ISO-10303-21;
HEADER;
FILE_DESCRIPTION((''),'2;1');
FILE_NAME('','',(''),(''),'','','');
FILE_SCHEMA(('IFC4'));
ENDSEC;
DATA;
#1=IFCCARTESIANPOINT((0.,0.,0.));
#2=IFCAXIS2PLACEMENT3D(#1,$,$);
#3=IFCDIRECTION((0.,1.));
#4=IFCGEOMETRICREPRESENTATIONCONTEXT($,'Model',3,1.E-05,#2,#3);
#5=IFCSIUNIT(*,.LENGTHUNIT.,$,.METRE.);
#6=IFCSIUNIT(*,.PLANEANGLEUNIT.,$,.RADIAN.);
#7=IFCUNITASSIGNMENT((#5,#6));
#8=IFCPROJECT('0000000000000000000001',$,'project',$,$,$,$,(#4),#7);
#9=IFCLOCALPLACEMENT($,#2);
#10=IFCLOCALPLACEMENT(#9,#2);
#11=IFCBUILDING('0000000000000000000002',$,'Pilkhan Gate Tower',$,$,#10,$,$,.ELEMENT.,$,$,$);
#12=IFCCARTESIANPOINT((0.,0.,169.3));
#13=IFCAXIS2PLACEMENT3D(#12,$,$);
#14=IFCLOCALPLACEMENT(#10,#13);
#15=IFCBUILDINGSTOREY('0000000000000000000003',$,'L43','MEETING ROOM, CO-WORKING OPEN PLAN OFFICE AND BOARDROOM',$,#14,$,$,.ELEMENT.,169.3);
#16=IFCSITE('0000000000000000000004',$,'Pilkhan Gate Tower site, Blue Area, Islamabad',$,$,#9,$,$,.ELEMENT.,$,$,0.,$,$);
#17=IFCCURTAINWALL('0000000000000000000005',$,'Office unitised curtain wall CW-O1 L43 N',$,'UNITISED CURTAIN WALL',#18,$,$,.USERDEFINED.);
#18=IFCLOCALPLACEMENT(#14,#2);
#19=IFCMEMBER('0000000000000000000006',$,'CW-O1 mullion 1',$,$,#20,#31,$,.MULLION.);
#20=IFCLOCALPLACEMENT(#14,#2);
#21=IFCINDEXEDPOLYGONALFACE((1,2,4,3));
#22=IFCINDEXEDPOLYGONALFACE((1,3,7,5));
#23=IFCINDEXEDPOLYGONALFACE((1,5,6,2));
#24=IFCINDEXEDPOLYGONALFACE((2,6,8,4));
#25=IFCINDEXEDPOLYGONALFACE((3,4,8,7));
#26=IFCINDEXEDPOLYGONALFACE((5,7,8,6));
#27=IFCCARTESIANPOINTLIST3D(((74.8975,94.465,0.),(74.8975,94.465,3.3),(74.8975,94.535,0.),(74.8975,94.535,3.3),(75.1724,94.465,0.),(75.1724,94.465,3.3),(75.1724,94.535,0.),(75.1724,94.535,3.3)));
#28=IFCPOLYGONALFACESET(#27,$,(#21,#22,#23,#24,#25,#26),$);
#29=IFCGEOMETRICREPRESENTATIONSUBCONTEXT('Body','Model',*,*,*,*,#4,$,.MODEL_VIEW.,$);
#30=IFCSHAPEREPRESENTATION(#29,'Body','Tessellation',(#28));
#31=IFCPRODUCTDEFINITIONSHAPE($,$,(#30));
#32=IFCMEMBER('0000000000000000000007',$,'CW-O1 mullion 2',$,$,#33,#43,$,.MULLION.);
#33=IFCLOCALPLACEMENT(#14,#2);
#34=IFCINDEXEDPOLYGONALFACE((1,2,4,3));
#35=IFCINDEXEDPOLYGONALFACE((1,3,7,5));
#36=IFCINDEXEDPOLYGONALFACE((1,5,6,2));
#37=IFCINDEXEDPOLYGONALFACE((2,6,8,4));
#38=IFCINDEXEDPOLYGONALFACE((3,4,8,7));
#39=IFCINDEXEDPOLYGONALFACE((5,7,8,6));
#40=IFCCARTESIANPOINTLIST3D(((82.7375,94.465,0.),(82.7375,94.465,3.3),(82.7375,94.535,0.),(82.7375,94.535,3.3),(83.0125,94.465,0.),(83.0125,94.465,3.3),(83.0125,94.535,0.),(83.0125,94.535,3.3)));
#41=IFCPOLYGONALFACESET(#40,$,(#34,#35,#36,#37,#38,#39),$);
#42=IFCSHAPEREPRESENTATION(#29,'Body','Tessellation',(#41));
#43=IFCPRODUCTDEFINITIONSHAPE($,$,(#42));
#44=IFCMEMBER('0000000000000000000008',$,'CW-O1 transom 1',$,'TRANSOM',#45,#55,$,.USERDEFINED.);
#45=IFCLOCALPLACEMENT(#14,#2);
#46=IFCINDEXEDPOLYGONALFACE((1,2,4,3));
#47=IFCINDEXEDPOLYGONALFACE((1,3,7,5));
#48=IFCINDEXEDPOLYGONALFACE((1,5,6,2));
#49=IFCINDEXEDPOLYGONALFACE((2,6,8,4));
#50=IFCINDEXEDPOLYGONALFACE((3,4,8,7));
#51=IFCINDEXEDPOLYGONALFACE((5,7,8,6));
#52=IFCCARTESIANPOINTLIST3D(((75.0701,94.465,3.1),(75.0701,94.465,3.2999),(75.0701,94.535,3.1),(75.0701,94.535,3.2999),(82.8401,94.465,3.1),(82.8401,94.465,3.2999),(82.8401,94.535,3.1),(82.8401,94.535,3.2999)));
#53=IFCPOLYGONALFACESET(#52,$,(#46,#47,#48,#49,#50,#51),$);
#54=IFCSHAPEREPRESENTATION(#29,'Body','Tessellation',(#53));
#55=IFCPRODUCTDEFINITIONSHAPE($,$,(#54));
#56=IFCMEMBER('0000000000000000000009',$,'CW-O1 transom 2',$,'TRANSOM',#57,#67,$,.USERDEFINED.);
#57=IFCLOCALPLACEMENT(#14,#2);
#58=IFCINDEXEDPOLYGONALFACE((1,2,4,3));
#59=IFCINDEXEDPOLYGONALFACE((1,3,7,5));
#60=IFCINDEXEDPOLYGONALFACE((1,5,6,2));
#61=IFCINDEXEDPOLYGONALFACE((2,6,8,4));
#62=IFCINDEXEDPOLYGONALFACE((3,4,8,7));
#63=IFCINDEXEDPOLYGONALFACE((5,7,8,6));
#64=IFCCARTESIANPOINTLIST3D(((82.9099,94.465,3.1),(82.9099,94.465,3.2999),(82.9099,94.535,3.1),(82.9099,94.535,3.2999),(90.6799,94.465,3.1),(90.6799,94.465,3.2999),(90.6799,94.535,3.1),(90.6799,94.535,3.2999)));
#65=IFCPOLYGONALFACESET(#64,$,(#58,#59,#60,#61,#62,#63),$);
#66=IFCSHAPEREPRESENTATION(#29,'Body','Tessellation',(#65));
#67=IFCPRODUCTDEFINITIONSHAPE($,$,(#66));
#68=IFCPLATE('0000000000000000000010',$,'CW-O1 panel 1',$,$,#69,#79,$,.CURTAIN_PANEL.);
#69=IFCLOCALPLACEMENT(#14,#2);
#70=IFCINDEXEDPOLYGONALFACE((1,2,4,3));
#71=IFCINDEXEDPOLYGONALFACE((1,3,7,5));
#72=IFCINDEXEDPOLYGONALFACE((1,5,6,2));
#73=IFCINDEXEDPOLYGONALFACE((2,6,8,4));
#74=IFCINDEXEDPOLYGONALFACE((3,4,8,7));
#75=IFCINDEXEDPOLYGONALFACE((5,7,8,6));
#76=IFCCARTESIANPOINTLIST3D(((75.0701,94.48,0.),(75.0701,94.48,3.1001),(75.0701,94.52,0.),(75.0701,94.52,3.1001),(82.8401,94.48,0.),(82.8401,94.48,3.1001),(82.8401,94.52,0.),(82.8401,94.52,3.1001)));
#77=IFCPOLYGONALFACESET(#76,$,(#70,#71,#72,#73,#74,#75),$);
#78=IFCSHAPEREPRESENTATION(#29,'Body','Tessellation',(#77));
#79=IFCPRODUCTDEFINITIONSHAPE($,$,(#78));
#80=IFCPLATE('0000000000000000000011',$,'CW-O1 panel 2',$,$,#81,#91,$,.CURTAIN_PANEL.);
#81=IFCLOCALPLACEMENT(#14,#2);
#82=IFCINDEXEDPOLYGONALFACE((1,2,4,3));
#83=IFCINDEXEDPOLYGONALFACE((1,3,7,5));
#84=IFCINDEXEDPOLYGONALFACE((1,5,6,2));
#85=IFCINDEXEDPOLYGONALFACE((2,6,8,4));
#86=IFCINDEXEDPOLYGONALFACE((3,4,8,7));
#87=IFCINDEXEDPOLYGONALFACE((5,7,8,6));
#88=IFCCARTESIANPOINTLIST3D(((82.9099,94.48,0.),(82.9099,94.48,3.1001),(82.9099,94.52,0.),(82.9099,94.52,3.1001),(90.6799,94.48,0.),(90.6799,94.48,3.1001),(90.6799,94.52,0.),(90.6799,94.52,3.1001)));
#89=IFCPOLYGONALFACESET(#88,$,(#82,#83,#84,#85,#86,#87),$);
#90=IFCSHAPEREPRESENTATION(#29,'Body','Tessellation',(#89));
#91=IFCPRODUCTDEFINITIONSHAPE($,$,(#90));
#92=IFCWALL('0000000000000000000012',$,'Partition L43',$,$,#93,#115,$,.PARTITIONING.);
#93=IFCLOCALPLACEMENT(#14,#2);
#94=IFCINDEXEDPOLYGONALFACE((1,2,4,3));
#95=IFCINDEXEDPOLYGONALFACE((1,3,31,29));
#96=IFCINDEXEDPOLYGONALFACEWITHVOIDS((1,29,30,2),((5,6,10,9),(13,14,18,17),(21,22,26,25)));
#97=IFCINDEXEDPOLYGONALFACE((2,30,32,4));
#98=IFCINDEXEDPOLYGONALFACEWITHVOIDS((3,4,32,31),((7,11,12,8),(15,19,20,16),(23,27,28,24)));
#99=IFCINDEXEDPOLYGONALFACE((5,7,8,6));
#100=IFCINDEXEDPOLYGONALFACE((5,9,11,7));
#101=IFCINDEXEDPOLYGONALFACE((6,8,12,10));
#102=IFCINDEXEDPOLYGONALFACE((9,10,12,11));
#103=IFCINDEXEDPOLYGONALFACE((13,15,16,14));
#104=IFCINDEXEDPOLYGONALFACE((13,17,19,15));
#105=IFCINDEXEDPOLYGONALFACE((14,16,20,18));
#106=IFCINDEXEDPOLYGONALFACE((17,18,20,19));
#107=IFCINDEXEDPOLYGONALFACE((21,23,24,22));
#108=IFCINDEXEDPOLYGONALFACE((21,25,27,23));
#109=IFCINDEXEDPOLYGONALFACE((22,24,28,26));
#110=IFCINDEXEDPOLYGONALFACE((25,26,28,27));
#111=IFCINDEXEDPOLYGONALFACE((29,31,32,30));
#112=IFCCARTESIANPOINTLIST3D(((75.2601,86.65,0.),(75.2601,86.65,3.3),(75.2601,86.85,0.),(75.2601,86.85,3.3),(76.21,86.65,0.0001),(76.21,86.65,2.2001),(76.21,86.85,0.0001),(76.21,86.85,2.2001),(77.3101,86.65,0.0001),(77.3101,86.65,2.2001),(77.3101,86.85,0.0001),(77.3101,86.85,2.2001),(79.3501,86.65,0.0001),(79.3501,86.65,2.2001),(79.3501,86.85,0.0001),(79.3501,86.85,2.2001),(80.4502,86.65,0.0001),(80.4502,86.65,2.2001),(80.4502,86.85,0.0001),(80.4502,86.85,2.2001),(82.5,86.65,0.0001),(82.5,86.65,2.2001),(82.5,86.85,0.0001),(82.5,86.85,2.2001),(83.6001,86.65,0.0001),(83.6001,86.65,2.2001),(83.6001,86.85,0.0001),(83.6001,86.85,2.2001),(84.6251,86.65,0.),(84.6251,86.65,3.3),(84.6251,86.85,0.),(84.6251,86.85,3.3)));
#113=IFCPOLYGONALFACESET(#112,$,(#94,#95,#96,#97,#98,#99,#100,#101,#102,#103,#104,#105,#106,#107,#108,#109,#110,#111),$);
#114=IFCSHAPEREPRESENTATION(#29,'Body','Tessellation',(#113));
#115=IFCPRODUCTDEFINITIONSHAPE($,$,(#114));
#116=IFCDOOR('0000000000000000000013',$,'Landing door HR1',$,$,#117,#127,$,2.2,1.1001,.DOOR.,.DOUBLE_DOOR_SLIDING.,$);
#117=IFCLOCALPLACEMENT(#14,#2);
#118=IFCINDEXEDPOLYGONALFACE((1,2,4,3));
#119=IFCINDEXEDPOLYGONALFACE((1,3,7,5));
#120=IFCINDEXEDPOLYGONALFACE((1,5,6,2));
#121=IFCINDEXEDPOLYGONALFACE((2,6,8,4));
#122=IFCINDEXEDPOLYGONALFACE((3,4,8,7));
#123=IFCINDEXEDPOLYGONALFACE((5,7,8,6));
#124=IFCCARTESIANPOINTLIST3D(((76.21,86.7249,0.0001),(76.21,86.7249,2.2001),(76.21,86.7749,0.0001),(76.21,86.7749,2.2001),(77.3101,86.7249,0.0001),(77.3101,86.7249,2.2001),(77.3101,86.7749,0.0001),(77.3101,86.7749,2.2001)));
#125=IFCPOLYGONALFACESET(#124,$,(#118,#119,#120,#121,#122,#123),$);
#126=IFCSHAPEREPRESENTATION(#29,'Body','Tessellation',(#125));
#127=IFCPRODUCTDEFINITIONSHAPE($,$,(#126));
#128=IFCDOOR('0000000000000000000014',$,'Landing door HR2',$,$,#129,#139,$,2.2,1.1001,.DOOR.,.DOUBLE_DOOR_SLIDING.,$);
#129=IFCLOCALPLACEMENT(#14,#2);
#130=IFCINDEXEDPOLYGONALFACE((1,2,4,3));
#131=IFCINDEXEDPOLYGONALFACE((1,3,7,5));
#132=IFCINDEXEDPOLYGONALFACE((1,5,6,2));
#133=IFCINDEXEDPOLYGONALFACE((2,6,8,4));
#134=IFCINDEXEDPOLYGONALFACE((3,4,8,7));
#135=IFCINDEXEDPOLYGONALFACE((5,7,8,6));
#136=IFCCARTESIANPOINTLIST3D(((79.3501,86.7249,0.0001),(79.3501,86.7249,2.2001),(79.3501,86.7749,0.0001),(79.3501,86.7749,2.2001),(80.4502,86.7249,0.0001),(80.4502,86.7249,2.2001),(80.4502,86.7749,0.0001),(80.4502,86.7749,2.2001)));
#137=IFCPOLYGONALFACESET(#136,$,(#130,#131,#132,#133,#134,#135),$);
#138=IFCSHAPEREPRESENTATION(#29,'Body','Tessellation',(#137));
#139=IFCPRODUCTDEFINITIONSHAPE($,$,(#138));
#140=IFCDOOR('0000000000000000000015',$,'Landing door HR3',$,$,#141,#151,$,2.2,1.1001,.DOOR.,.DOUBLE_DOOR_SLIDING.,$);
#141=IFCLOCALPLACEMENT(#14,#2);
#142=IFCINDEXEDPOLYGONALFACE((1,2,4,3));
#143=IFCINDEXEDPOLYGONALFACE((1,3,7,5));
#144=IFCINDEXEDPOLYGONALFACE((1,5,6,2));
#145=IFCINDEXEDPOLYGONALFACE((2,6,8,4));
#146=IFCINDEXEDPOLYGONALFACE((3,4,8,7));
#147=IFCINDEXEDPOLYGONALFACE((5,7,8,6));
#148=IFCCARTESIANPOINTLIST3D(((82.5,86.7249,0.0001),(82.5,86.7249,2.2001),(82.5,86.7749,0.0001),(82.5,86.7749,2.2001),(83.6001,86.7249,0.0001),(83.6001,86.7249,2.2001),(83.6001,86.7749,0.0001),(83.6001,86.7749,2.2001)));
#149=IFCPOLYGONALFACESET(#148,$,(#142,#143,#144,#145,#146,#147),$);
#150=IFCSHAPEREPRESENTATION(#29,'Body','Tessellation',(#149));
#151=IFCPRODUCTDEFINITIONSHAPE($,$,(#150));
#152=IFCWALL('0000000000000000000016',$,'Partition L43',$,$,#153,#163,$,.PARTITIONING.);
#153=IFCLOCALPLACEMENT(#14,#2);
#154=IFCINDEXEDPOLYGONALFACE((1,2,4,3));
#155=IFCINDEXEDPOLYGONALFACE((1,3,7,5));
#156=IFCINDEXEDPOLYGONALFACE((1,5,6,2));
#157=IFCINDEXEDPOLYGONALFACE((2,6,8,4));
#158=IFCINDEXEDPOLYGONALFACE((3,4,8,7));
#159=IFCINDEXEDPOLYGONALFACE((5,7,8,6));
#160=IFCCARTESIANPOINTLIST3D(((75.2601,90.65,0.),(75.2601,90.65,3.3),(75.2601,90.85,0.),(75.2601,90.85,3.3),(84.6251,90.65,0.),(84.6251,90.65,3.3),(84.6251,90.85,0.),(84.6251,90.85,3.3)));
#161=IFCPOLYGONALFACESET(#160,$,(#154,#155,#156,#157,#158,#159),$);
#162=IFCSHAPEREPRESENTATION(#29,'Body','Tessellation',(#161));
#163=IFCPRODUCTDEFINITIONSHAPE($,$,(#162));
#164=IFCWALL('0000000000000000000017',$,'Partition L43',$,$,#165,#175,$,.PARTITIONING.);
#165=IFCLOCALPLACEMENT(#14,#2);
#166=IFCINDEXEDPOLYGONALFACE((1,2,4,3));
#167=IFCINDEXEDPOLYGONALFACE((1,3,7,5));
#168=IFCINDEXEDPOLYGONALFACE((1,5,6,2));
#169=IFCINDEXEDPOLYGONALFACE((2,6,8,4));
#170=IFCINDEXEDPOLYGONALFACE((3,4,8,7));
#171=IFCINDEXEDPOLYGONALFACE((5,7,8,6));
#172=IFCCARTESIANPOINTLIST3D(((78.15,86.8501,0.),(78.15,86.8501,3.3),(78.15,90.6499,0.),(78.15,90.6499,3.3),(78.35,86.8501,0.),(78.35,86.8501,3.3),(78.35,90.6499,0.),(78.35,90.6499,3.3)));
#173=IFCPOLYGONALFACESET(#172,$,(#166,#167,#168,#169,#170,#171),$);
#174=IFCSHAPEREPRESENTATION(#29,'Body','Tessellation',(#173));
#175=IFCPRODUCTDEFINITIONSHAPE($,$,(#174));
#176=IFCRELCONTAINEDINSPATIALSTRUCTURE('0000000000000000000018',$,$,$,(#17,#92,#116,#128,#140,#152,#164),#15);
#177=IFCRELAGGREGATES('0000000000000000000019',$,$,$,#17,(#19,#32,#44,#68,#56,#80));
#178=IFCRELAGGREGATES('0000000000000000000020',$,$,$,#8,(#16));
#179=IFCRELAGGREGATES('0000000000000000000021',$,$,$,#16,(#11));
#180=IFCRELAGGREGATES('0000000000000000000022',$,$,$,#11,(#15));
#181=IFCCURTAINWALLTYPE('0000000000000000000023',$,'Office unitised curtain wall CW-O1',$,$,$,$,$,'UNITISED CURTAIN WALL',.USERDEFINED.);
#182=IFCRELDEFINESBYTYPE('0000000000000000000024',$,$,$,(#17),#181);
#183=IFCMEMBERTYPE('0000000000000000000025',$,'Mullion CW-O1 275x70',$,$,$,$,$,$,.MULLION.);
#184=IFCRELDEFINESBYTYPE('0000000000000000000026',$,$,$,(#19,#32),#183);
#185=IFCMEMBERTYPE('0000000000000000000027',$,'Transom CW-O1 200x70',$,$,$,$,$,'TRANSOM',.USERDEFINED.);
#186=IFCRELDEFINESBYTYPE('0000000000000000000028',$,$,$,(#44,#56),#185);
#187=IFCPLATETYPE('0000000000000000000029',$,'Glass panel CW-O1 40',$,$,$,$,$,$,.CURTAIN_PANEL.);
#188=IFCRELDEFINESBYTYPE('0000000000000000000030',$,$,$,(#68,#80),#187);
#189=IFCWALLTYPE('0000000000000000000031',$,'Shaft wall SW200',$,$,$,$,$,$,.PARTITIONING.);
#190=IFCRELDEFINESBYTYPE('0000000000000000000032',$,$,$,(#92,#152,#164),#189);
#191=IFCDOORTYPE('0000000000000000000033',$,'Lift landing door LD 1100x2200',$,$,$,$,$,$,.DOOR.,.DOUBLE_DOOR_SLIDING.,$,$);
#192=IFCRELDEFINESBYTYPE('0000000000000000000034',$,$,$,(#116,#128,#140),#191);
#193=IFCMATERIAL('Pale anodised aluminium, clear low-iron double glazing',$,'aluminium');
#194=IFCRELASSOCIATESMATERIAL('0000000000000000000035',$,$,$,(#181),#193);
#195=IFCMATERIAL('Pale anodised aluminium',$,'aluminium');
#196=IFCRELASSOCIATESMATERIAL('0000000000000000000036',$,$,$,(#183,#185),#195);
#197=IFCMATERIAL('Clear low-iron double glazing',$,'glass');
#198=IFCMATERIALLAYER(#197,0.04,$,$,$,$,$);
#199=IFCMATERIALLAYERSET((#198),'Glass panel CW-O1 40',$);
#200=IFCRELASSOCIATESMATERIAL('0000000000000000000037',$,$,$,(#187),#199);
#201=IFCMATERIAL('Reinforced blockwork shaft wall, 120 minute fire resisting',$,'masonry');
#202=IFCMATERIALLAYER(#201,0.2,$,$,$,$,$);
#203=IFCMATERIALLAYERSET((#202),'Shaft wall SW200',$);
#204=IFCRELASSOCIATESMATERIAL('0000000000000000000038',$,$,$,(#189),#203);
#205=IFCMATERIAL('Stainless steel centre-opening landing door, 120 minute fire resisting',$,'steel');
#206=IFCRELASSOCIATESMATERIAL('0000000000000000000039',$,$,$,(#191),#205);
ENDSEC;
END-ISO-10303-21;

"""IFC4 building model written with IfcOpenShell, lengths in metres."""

from ifc_helpers import new_model, si_unit, direction, frame, frame_2d, origin, origin_2d, place, context, subcontext, project, spatial, rectangle, extrude, material, layer, layer_set, material_profile, profile_set, type_object, element, fill, aggregate, save


model = new_model("IFC4")

# Units and contexts
model_context = context("Model", 3, precision=1e-05, world=origin(), true_north=direction((0.0, 1.0)))
body_context = subcontext(model_context, "Body", "Model", "MODEL_VIEW")
ifc_project = project(units=[si_unit("LENGTHUNIT", "METRE"), si_unit("PLANEANGLEUNIT", "RADIAN")], contexts=[model_context])

# Site, building, storey
site_placement = place(None, origin())
site = spatial("IfcSite", under=ifc_project, at=site_placement, Name="Pilkhan Gate Tower site, Blue Area, Islamabad", CompositionType="ELEMENT", RefElevation=0.0)
building_placement = place(site_placement, origin())
building = spatial("IfcBuilding", under=site, at=building_placement, Name="Pilkhan Gate Tower", CompositionType="ELEMENT")
storey_placement = place(building_placement, frame((0.0, 0.0, 169.3)))
storey = spatial("IfcBuildingStorey", under=building, at=storey_placement, Name="L43", Description="MEETING ROOM, CO-WORKING OPEN PLAN OFFICE AND BOARDROOM", CompositionType="ELEMENT", Elevation=169.3)

# Curtain wall, members, plates
ifc_material_1 = material(Name="Pale anodised aluminium, clear low-iron double glazing", Category="aluminium")
curtain_wall_type = type_object("IfcCurtainWallType", Name="Office unitised curtain wall CW-O1", ElementType="UNITISED CURTAIN WALL", PredefinedType="USERDEFINED", material=ifc_material_1)
curtain_wall_placement = place(storey_placement, origin())
curtain_wall = element("IfcCurtainWall", 1, at=curtain_wall_placement, inside=storey, type_object=curtain_wall_type, Name="Office unitised curtain wall CW-O1 L43 N", ObjectType="UNITISED CURTAIN WALL", PredefinedType="USERDEFINED")
ifc_material_2 = material(Name="Pale anodised aluminium", Category="aluminium")
ifc_material_profile_1 = material_profile(ifc_material_2, rectangle(XDim=0.0701, YDim=0.2749, at=origin_2d()), Name="Mullion 275x70")
ifc_profile_set_1 = profile_set([ifc_material_profile_1], Name="Pale anodised aluminium")
member_type_1 = type_object("IfcMemberType", Name="Mullion CW-O1 275x70", PredefinedType="MULLION", material=ifc_profile_set_1)
member_1_placement = place(storey_placement, frame((75.0349, 94.5, 0.0), z_axis=(0.0, 0.0, 1.0), x_axis=(0.0, 1.0, 0.0)))
member_1 = element("IfcMember", 2, at=member_1_placement, type_object=member_type_1, Name="CW-O1 mullion 1", PredefinedType="MULLION", context=body_context, shape_type="SweptSolid", body=[
    extrude(rectangle(XDim=0.0701, YDim=0.2749, at=origin_2d()), origin(), (0.0, 0.0, 1.0), 3.3),
])
member_2_placement = place(storey_placement, frame((82.875, 94.5, 0.0), z_axis=(0.0, 0.0, 1.0), x_axis=(0.0, 1.0, 0.0)))
member_2 = element("IfcMember", 3, at=member_2_placement, type_object=member_type_1, Name="CW-O1 mullion 2", PredefinedType="MULLION", context=body_context, shape_type="SweptSolid", body=[
    extrude(rectangle(XDim=0.0701, YDim=0.2749, at=origin_2d()), origin(), (0.0, 0.0, 1.0), 3.3),
])
ifc_material_profile_2 = material_profile(ifc_material_2, rectangle(XDim=0.0701, YDim=0.2, at=origin_2d()), Name="Transom 200x70")
ifc_profile_set_2 = profile_set([ifc_material_profile_2], Name="Pale anodised aluminium")
member_type_2 = type_object("IfcMemberType", Name="Transom CW-O1 200x70", ElementType="TRANSOM", PredefinedType="USERDEFINED", material=ifc_profile_set_2)
member_3_placement = place(storey_placement, frame((75.0701, 94.5, 3.2), z_axis=(1.0, 0.0, 0.0), x_axis=(0.0, 1.0, 0.0)))
member_3 = element("IfcMember", 4, at=member_3_placement, type_object=member_type_2, Name="CW-O1 transom 1", ObjectType="TRANSOM", PredefinedType="USERDEFINED", context=body_context, shape_type="SweptSolid", body=[
    extrude(rectangle(XDim=0.0701, YDim=0.2, at=origin_2d()), origin(), (0.0, 0.0, 1.0), 7.77),
])
member_4_placement = place(storey_placement, frame((82.9099, 94.5, 3.2), z_axis=(1.0, 0.0, 0.0), x_axis=(0.0, 1.0, 0.0)))
member_4 = element("IfcMember", 5, at=member_4_placement, type_object=member_type_2, Name="CW-O1 transom 2", ObjectType="TRANSOM", PredefinedType="USERDEFINED", context=body_context, shape_type="SweptSolid", body=[
    extrude(rectangle(XDim=0.0701, YDim=0.2, at=origin_2d()), origin(), (0.0, 0.0, 1.0), 7.77),
])
ifc_material_3 = material(Name="Clear low-iron double glazing", Category="glass")
ifc_layer_1 = layer(ifc_material_3, 0.04)
ifc_layer_set_1 = layer_set([ifc_layer_1], Name="Glass panel CW-O1 40")
plate_type = type_object("IfcPlateType", Name="Glass panel CW-O1 40", PredefinedType="CURTAIN_PANEL", material=ifc_layer_set_1)
plate_1_placement = place(storey_placement, frame((78.9551, 94.5, 0.0), z_axis=(0.0, 0.0, 1.0), x_axis=(1.0, 0.0, 0.0)))
plate_1 = element("IfcPlate", 6, at=plate_1_placement, type_object=plate_type, Name="CW-O1 panel 1", PredefinedType="CURTAIN_PANEL", context=body_context, shape_type="SweptSolid", body=[
    extrude(rectangle(XDim=7.77, YDim=0.04, at=origin_2d()), origin(), (0.0, 0.0, 1.0), 3.1001),
])
plate_2_placement = place(storey_placement, frame((86.7949, 94.5, 0.0), z_axis=(0.0, 0.0, 1.0), x_axis=(1.0, 0.0, 0.0)))
plate_2 = element("IfcPlate", 7, at=plate_2_placement, type_object=plate_type, Name="CW-O1 panel 2", PredefinedType="CURTAIN_PANEL", context=body_context, shape_type="SweptSolid", body=[
    extrude(rectangle(XDim=7.77, YDim=0.04, at=origin_2d()), origin(), (0.0, 0.0, 1.0), 3.1001),
])
aggregate(curtain_wall, [member_1, member_2, member_3, plate_1, member_4, plate_2])

# Wall, openings, doors
ifc_material_4 = material(Name="Reinforced blockwork shaft wall, 120 minute fire resisting", Category="masonry")
ifc_layer_2 = layer(ifc_material_4, 0.2)
ifc_layer_set_2 = layer_set([ifc_layer_2], Name="Shaft wall SW200")
wall_type_1 = type_object("IfcWallType", Name="Shaft wall SW200", PredefinedType="PARTITIONING", material=ifc_layer_set_2)
wall_1_placement = place(storey_placement, frame((75.26, 86.75, 0.0), z_axis=(0.0, 0.0, 1.0), x_axis=(1.0, 0.0, 0.0)))
wall_1 = element("IfcWall", 8, at=wall_1_placement, inside=storey, type_object=wall_type_1, Name="Partition L43", PredefinedType="PARTITIONING", context=body_context, shape_type="SweptSolid", body=[
    extrude(rectangle(XDim=9.365, YDim=0.2, at=frame_2d((4.6826, 0.0))), origin(), (0.0, 0.0, 1.0), 3.3),
])
opening_1_placement = place(wall_1_placement, frame((0.95, 0.0, 0.0)))
opening_1 = element("IfcOpeningElement", 9, at=opening_1_placement, cuts=wall_1, PredefinedType="OPENING", context=body_context, shape_type="SweptSolid", body=[
    extrude(rectangle(XDim=1.1001, YDim=2.2, at=frame_2d((0.55, 1.1001))), frame((0.0, 0.1099, 0.0), z_axis=(0.0, -1.0, 0.0), x_axis=(1.0, 0.0, 0.0)), (0.0, 0.0, 1.0), 0.22),
])
opening_2_placement = place(wall_1_placement, frame((4.0901, 0.0, 0.0)))
opening_2 = element("IfcOpeningElement", 10, at=opening_2_placement, cuts=wall_1, PredefinedType="OPENING", context=body_context, shape_type="SweptSolid", body=[
    extrude(rectangle(XDim=1.1001, YDim=2.2, at=frame_2d((0.55, 1.1001))), frame((0.0, 0.1099, 0.0), z_axis=(0.0, -1.0, 0.0), x_axis=(1.0, 0.0, 0.0)), (0.0, 0.0, 1.0), 0.22),
])
opening_3_placement = place(wall_1_placement, frame((7.24, 0.0, 0.0)))
opening_3 = element("IfcOpeningElement", 11, at=opening_3_placement, cuts=wall_1, PredefinedType="OPENING", context=body_context, shape_type="SweptSolid", body=[
    extrude(rectangle(XDim=1.1001, YDim=2.2, at=frame_2d((0.55, 1.1001))), frame((0.0, 0.1099, 0.0), z_axis=(0.0, -1.0, 0.0), x_axis=(1.0, 0.0, 0.0)), (0.0, 0.0, 1.0), 0.22),
])
ifc_material_5 = material(Name="Stainless steel centre-opening landing door, 120 minute fire resisting", Category="steel")
door_type = type_object("IfcDoorType", Name="Lift landing door LD 1100x2200", OperationType="DOUBLE_DOOR_SLIDING", PredefinedType="DOOR", material=ifc_material_5)
door_1_placement = place(opening_1_placement, origin())
door_1 = element("IfcDoor", 12, at=door_1_placement, inside=storey, type_object=door_type, Name="Landing door HR1", OperationType="DOUBLE_DOOR_SLIDING", OverallHeight=2.2, OverallWidth=1.1001, PredefinedType="DOOR", context=body_context, shape_type="SweptSolid", body=[
    extrude(rectangle(XDim=1.1001, YDim=2.2, at=frame_2d((0.55, 1.1001))), frame((0.0, 0.0249, 0.0), z_axis=(0.0, -1.0, 0.0), x_axis=(1.0, 0.0, 0.0)), (0.0, 0.0, 1.0), 0.05),
])
fill(opening_1, door_1)
door_2_placement = place(opening_2_placement, origin())
door_2 = element("IfcDoor", 13, at=door_2_placement, inside=storey, type_object=door_type, Name="Landing door HR2", OperationType="DOUBLE_DOOR_SLIDING", OverallHeight=2.2, OverallWidth=1.1001, PredefinedType="DOOR", context=body_context, shape_type="SweptSolid", body=[
    extrude(rectangle(XDim=1.1001, YDim=2.2, at=frame_2d((0.55, 1.1001))), frame((0.0, 0.0249, 0.0), z_axis=(0.0, -1.0, 0.0), x_axis=(1.0, 0.0, 0.0)), (0.0, 0.0, 1.0), 0.05),
])
fill(opening_2, door_2)
door_3_placement = place(opening_3_placement, origin())
door_3 = element("IfcDoor", 14, at=door_3_placement, inside=storey, type_object=door_type, Name="Landing door HR3", OperationType="DOUBLE_DOOR_SLIDING", OverallHeight=2.2, OverallWidth=1.1001, PredefinedType="DOOR", context=body_context, shape_type="SweptSolid", body=[
    extrude(rectangle(XDim=1.1001, YDim=2.2, at=frame_2d((0.55, 1.1001))), frame((0.0, 0.0249, 0.0), z_axis=(0.0, -1.0, 0.0), x_axis=(1.0, 0.0, 0.0)), (0.0, 0.0, 1.0), 0.05),
])
fill(opening_3, door_3)

# Walls
wall_2_placement = place(storey_placement, frame((75.26, 90.75, 0.0), z_axis=(0.0, 0.0, 1.0), x_axis=(1.0, 0.0, 0.0)))
element("IfcWall", 15, at=wall_2_placement, inside=storey, type_object=wall_type_1, Name="Partition L43", PredefinedType="PARTITIONING", context=body_context, shape_type="SweptSolid", body=[
    extrude(rectangle(XDim=9.365, YDim=0.2, at=frame_2d((4.6826, 0.0))), origin(), (0.0, 0.0, 1.0), 3.3),
])
for number, where, z_axis, x_axis, name in (
    (16, (78.25, 86.8501, 0.0), (0.0, 0.0, 1.0), (0.0, 1.0, 0.0), "Partition L43"),
):
    element("IfcWall", number, at=place(storey_placement, frame(where, z_axis=z_axis, x_axis=x_axis)), inside=storey, type_object=wall_type_1, Name=name, PredefinedType="PARTITIONING", context=body_context, shape_type="SweptSolid", body=[
        extrude(rectangle(XDim=3.7998, YDim=0.2, at=frame_2d((1.8999, 0.0))), origin(), (0.0, 0.0, 1.0), 3.3),
    ])

save(model, "model.ifc")
